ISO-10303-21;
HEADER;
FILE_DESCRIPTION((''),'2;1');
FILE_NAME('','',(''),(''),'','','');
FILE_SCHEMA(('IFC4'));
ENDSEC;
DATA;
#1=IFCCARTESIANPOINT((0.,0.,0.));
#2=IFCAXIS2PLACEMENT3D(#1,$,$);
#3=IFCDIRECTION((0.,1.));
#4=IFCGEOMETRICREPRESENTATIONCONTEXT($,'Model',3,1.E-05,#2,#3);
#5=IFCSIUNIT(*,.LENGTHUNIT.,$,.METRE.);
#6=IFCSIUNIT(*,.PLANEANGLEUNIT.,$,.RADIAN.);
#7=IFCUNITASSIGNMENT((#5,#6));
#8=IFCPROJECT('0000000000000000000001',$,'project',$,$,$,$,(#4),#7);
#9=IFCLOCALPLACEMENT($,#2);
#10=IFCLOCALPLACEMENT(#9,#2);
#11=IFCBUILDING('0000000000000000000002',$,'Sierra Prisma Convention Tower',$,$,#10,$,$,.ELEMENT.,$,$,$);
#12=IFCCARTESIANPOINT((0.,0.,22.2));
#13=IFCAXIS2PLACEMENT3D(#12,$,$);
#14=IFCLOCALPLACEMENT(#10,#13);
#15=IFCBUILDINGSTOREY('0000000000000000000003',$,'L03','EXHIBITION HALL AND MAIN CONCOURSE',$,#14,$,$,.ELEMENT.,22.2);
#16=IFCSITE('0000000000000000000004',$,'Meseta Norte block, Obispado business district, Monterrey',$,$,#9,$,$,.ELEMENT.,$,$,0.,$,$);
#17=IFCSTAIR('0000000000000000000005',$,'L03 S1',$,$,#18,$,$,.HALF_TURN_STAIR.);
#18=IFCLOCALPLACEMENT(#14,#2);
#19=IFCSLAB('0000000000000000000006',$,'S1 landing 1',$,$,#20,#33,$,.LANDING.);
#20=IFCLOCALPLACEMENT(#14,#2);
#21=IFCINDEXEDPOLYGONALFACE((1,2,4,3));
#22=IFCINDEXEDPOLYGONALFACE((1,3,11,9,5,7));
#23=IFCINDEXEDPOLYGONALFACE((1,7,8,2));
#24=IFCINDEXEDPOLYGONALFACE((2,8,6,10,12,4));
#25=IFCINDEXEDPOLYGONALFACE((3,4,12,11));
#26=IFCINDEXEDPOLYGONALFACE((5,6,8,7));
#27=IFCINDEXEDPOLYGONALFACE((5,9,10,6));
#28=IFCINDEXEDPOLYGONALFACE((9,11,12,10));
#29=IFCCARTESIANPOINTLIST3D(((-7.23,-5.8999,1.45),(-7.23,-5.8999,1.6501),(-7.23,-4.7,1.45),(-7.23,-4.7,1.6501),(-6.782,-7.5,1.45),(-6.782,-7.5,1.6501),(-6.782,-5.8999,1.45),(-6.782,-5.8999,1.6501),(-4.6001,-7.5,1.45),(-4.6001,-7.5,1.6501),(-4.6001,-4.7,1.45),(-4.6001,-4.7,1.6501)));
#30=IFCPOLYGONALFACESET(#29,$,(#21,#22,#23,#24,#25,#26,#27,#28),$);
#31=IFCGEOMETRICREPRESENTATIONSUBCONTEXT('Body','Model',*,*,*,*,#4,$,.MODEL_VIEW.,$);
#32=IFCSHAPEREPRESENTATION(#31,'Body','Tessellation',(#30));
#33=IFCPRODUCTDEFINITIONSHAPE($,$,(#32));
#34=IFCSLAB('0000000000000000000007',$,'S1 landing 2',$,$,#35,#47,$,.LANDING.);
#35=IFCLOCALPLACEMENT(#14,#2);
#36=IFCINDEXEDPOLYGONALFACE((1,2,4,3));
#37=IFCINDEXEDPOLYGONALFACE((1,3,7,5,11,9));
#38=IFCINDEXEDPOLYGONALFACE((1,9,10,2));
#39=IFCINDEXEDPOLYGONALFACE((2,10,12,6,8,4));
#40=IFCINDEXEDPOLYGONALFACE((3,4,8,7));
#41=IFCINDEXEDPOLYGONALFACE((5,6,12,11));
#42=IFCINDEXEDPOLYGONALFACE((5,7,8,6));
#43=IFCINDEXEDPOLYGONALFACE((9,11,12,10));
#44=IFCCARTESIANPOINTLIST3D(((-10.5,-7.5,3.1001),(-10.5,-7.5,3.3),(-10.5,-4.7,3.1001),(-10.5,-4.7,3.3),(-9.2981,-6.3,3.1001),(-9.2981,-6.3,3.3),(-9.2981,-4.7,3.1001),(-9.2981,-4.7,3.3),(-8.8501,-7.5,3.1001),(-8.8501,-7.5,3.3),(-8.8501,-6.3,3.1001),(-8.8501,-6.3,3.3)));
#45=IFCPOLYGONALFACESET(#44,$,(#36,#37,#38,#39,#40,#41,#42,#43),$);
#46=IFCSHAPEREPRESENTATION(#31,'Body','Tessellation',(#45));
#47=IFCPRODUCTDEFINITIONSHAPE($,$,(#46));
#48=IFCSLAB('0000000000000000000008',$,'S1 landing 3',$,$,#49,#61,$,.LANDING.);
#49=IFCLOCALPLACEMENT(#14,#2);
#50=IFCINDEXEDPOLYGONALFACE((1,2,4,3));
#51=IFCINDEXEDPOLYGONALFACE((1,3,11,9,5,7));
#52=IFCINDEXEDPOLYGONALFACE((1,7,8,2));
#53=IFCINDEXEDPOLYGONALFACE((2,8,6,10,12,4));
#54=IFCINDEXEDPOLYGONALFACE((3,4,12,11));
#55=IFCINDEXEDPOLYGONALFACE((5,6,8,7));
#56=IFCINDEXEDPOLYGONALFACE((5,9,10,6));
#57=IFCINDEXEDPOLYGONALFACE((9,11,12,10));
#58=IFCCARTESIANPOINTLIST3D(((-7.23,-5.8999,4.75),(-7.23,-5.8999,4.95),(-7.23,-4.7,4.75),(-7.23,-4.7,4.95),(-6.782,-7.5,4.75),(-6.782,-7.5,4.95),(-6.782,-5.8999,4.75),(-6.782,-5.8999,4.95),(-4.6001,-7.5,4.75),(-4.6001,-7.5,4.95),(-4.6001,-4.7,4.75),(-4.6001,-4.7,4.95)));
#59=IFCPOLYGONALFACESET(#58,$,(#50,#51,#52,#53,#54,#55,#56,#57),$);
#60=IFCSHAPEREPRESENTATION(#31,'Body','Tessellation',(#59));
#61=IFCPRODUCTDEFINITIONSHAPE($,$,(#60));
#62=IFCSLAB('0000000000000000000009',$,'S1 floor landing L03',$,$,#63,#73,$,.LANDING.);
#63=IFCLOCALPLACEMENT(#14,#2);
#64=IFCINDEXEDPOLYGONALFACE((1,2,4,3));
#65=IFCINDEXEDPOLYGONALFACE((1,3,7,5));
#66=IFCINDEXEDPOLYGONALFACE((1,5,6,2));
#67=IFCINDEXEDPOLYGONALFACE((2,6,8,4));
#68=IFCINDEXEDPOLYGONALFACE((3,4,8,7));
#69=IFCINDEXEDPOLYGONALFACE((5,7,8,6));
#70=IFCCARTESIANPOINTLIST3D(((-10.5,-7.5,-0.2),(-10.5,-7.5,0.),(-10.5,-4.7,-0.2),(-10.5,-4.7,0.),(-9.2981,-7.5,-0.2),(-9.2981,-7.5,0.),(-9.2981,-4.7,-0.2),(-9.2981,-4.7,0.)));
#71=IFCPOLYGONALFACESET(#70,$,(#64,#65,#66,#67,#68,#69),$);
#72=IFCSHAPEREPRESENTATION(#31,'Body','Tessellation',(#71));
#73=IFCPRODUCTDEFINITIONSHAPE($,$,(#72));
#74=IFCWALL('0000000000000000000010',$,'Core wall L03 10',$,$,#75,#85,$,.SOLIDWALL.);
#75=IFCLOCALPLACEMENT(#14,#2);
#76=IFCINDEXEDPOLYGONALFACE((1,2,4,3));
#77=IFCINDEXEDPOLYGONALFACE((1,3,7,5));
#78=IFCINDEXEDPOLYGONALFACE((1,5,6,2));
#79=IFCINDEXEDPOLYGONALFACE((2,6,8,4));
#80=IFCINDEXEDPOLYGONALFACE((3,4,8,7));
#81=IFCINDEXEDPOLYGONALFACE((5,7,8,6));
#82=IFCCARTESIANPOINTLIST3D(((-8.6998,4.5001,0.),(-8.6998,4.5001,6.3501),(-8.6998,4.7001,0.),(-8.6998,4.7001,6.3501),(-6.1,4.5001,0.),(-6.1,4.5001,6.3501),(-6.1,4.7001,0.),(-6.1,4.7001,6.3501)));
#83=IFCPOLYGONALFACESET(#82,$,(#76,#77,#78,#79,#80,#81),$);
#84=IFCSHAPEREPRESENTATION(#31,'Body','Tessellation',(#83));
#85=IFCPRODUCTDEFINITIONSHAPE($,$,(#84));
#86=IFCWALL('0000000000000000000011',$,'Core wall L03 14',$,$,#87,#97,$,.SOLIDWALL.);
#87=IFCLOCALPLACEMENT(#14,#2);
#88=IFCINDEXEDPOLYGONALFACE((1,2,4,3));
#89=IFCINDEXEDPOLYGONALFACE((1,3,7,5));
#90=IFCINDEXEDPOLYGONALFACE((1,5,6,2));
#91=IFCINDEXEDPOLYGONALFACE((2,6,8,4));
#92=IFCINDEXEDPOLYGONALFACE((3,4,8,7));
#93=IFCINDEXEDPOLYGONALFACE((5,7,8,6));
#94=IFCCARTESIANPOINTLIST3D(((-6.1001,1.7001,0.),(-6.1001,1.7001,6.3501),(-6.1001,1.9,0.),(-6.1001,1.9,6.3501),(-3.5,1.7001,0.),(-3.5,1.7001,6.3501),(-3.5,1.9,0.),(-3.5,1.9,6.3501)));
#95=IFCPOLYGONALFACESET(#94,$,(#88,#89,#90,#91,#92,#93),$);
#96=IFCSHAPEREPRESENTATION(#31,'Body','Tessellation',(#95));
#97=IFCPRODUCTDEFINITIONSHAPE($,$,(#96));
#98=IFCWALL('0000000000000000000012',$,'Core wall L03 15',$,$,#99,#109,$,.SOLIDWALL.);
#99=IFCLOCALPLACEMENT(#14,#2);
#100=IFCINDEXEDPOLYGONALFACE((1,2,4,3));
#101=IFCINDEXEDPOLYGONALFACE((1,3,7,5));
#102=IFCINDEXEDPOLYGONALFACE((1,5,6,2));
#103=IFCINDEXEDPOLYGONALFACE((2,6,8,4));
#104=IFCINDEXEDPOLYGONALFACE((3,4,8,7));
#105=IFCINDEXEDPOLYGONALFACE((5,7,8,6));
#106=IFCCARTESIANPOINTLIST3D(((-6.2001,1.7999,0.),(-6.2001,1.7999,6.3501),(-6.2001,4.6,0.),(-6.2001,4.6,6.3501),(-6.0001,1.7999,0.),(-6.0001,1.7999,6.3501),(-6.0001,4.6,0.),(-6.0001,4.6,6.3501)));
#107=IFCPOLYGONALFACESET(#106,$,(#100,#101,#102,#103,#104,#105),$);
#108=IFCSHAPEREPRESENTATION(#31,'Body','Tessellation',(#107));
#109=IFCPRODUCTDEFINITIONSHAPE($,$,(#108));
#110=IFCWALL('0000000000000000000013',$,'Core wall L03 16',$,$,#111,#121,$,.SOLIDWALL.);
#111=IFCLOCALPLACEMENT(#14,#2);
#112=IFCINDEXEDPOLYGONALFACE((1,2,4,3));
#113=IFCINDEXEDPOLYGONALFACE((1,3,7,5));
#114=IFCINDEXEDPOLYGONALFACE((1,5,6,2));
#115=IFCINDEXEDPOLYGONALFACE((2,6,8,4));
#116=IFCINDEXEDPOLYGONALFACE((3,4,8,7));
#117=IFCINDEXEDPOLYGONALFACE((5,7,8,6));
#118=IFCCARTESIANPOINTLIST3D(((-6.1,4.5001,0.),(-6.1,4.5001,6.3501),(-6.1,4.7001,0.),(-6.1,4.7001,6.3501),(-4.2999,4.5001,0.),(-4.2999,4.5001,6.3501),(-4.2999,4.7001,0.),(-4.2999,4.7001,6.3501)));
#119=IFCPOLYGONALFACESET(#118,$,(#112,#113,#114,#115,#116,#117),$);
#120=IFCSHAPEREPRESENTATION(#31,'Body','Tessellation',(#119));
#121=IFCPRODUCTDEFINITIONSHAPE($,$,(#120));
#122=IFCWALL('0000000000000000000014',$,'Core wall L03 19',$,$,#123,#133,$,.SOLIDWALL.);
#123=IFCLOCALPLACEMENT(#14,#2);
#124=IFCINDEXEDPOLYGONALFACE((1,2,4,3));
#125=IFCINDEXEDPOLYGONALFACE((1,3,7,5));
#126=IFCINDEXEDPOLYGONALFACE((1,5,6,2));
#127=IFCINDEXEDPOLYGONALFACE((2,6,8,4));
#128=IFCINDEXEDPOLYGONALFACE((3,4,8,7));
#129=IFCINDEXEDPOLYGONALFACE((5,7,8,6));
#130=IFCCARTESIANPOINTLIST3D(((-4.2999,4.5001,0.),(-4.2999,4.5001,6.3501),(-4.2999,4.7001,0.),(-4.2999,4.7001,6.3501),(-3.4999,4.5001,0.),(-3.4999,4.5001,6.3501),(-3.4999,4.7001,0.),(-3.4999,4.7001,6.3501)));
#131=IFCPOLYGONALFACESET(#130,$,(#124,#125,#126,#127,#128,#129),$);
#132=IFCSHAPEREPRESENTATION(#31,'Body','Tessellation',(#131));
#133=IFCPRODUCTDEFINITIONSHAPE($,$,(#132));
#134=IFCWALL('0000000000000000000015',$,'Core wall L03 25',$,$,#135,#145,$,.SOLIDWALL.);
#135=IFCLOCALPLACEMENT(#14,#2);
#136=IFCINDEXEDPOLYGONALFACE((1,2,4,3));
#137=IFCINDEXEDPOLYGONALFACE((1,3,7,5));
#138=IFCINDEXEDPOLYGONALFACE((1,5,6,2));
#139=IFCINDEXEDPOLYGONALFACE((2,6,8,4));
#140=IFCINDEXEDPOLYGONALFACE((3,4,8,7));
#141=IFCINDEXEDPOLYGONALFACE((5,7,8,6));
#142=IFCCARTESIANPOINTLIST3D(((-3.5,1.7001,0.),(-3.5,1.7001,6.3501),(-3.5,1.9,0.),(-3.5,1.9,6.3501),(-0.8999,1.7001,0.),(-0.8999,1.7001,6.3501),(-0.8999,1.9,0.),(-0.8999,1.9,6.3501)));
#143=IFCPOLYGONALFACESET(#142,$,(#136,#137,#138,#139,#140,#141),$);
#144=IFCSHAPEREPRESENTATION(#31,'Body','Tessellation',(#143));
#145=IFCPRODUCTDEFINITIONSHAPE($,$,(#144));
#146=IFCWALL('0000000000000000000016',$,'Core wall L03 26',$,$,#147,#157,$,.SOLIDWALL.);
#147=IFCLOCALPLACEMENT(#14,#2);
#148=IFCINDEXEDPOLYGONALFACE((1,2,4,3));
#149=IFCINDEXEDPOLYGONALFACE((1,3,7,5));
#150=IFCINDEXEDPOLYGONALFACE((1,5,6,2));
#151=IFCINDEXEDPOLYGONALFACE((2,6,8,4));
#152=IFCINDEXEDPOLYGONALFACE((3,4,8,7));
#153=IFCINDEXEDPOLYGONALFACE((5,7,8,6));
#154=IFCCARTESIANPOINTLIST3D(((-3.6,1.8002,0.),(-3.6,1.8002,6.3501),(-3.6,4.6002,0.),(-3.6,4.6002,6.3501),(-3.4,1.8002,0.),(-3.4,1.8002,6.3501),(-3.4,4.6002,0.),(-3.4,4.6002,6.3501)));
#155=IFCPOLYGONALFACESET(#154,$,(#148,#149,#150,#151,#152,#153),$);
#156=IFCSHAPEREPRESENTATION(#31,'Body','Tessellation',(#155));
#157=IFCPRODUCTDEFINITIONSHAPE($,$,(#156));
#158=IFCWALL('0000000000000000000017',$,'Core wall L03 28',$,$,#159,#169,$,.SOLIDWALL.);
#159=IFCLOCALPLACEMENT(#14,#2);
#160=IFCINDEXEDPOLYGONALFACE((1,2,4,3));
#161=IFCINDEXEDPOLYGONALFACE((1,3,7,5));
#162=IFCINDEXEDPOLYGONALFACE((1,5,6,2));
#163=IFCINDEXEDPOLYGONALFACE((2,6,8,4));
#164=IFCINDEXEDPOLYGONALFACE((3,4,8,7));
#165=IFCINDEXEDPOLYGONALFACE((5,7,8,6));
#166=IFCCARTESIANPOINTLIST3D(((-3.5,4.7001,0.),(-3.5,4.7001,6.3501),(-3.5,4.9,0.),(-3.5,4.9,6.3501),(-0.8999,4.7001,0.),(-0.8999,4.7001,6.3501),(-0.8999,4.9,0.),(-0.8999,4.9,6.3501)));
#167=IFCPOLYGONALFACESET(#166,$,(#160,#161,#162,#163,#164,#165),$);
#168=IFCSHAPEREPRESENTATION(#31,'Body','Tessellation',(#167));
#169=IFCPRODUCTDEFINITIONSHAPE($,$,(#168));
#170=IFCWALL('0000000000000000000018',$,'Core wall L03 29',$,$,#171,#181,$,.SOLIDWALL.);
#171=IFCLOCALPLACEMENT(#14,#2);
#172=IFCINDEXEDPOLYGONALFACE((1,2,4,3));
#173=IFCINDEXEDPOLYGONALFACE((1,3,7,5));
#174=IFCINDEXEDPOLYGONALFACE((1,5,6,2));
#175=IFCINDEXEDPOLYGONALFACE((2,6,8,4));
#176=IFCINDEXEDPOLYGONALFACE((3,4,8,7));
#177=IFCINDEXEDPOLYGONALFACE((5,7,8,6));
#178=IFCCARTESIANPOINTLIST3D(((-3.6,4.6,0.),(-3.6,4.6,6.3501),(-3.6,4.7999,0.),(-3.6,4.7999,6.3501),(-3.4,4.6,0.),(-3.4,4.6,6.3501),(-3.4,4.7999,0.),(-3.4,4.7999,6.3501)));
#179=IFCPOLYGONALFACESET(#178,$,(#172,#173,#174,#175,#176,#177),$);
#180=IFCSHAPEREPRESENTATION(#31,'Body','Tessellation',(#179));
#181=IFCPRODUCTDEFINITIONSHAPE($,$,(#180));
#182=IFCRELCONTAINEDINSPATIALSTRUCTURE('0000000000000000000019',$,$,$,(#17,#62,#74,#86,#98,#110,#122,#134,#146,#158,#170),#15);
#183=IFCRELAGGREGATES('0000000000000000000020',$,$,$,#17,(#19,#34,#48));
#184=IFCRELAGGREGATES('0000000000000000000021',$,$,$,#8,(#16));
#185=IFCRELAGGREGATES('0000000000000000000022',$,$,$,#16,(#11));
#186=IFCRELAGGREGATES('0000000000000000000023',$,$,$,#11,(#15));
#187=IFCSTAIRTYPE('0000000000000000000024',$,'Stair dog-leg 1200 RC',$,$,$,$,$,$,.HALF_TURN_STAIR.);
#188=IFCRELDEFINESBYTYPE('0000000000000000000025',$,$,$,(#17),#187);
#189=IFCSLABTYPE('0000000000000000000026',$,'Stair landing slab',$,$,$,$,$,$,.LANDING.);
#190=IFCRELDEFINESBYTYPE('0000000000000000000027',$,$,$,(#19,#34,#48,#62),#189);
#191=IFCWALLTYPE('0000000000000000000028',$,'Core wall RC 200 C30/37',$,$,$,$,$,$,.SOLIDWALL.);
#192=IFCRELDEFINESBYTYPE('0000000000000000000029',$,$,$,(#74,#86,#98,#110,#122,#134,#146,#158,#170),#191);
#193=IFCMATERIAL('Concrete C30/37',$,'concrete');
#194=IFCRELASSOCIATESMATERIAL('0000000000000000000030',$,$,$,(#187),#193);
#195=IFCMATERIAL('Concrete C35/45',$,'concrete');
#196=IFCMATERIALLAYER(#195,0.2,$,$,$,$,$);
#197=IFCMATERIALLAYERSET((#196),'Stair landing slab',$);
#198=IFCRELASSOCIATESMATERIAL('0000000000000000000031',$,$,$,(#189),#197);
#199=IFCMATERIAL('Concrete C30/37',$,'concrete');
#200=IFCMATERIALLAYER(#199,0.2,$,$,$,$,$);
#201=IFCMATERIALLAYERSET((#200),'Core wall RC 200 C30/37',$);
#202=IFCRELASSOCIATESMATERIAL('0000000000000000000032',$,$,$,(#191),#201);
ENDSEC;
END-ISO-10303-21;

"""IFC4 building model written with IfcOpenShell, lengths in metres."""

from ifc_helpers import new_model, si_unit, direction, frame, frame_2d, origin, place, context, subcontext, project, spatial, polyline, rectangle, outline, extrude, material, layer, layer_set, type_object, element, aggregate, save


model = new_model("IFC4")

# Units and contexts
model_context = context("Model", 3, precision=1e-05, world=origin(), true_north=direction((0.0, 1.0)))
body_context = subcontext(model_context, "Body", "Model", "MODEL_VIEW")
ifc_project = project(units=[si_unit("LENGTHUNIT", "METRE"), si_unit("PLANEANGLEUNIT", "RADIAN")], contexts=[model_context])

# Site, building, storey
site_placement = place(None, origin())
site = spatial("IfcSite", under=ifc_project, at=site_placement, Name="Meseta Norte block, Obispado business district, Monterrey", CompositionType="ELEMENT", RefElevation=0.0)
building_placement = place(site_placement, origin())
building = spatial("IfcBuilding", under=site, at=building_placement, Name="Sierra Prisma Convention Tower", CompositionType="ELEMENT")
storey_placement = place(building_placement, frame((0.0, 0.0, 22.2)))
storey = spatial("IfcBuildingStorey", under=building, at=storey_placement, Name="L03", Description="EXHIBITION HALL AND MAIN CONCOURSE", CompositionType="ELEMENT", Elevation=22.2)

# Stair, slabs
ifc_material_1 = material(Name="Concrete C30/37", Category="concrete")
stair_type = type_object("IfcStairType", Name="Stair dog-leg 1200 RC", PredefinedType="HALF_TURN_STAIR", material=ifc_material_1)
stair_placement = place(storey_placement, origin())
stair = element("IfcStair", 1, at=stair_placement, inside=storey, type_object=stair_type, Name="L03 S1", PredefinedType="HALF_TURN_STAIR")
ifc_material_2 = material(Name="Concrete C35/45", Category="concrete")
ifc_layer_1 = layer(ifc_material_2, 0.2)
ifc_layer_set_1 = layer_set([ifc_layer_1], Name="Stair landing slab")
slab_type_1 = type_object("IfcSlabType", Name="Stair landing slab", PredefinedType="LANDING", material=ifc_layer_set_1)
slab_1_placement = place(storey_placement, frame((0.0, 0.0, 1.45)))
slab_1 = element("IfcSlab", 2, at=slab_1_placement, type_object=slab_type_1, Name="S1 landing 1", PredefinedType="LANDING", context=body_context, shape_type="SweptSolid", body=[
    extrude(outline(polyline([(-4.6001, -4.7), (-4.6001, -7.5), (-6.782, -7.5), (-6.782, -5.8999), (-7.23, -5.8999), (-7.23, -4.7), (-4.6001, -4.7)])), origin(), (0.0, 0.0, 1.0), 0.2002),
])
slab_2_placement = place(storey_placement, frame((0.0, 0.0, 3.1001)))
slab_2 = element("IfcSlab", 3, at=slab_2_placement, type_object=slab_type_1, Name="S1 landing 2", PredefinedType="LANDING", context=body_context, shape_type="SweptSolid", body=[
    extrude(outline(polyline([(-10.5, -7.5), (-10.5, -4.7), (-9.2981, -4.7), (-9.2981, -6.3), (-8.8501, -6.3), (-8.8501, -7.5), (-10.5, -7.5)])), origin(), (0.0, 0.0, 1.0), 0.2),
])
slab_3_placement = place(storey_placement, frame((0.0, 0.0, 4.75)))
slab_3 = element("IfcSlab", 4, at=slab_3_placement, type_object=slab_type_1, Name="S1 landing 3", PredefinedType="LANDING", context=body_context, shape_type="SweptSolid", body=[
    extrude(outline(polyline([(-4.6001, -4.7), (-4.6001, -7.5), (-6.782, -7.5), (-6.782, -5.8999), (-7.23, -5.8999), (-7.23, -4.7), (-4.6001, -4.7)])), origin(), (0.0, 0.0, 1.0), 0.2),
])
aggregate(stair, [slab_1, slab_2, slab_3])

# Slab
slab_4_placement = place(storey_placement, frame((0.0, 0.0, -0.2)))
element("IfcSlab", 5, at=slab_4_placement, inside=storey, type_object=slab_type_1, Name="S1 floor landing L03", PredefinedType="LANDING", context=body_context, shape_type="SweptSolid", body=[
    extrude(outline(polyline([(-10.5, -7.5), (-9.2981, -7.5), (-9.2981, -4.7), (-10.5, -4.7), (-10.5, -7.5)])), origin(), (0.0, 0.0, 1.0), 0.2),
])

# Walls
ifc_material_3 = material(Name="Concrete C30/37", Category="concrete")
ifc_layer_2 = layer(ifc_material_3, 0.2)
ifc_layer_set_2 = layer_set([ifc_layer_2], Name="Core wall RC 200 C30/37")
wall_type = type_object("IfcWallType", Name="Core wall RC 200 C30/37", PredefinedType="SOLIDWALL", material=ifc_layer_set_2)
wall_1_placement = place(storey_placement, frame((-6.1001, 4.6001, 0.0), z_axis=(0.0, 0.0, 1.0), x_axis=(-1.0, 0.0, 0.0)))
element("IfcWall", 6, at=wall_1_placement, inside=storey, type_object=wall_type, Name="Core wall L03 10", PredefinedType="SOLIDWALL", context=body_context, shape_type="SweptSolid", body=[
    extrude(rectangle(XDim=2.5999, YDim=0.2, at=frame_2d((1.2998, 0.0))), origin(), (0.0, 0.0, 1.0), 6.3501),
])
wall_2_placement = place(storey_placement, frame((-3.5, 1.8, 0.0), z_axis=(0.0, 0.0, 1.0), x_axis=(-1.0, 0.0, 0.0)))
element("IfcWall", 7, at=wall_2_placement, inside=storey, type_object=wall_type, Name="Core wall L03 14", PredefinedType="SOLIDWALL", context=body_context, shape_type="SweptSolid", body=[
    extrude(rectangle(XDim=2.6001, YDim=0.2, at=frame_2d((1.3, 0.0))), origin(), (0.0, 0.0, 1.0), 6.3501),
])
wall_3_placement = place(storey_placement, frame((-6.1001, 1.8, 0.0), z_axis=(0.0, 0.0, 1.0), x_axis=(0.0, 1.0, 0.0)))
element("IfcWall", 8, at=wall_3_placement, inside=storey, type_object=wall_type, Name="Core wall L03 15", PredefinedType="SOLIDWALL", context=body_context, shape_type="SweptSolid", body=[
    extrude(rectangle(XDim=2.8, YDim=0.2, at=frame_2d((1.3999, 0.0))), origin(), (0.0, 0.0, 1.0), 6.3501),
])
wall_4_placement = place(storey_placement, frame((-4.3, 4.6001, 0.0), z_axis=(0.0, 0.0, 1.0), x_axis=(-1.0, 0.0, 0.0)))
element("IfcWall", 9, at=wall_4_placement, inside=storey, type_object=wall_type, Name="Core wall L03 16", PredefinedType="SOLIDWALL", context=body_context, shape_type="SweptSolid", body=[
    extrude(rectangle(XDim=1.8, YDim=0.2, at=frame_2d((0.8999, 0.0))), origin(), (0.0, 0.0, 1.0), 6.3501),
])
wall_5_placement = place(storey_placement, frame((-3.5, 4.6001, 0.0), z_axis=(0.0, 0.0, 1.0), x_axis=(-1.0, 0.0, 0.0)))
element("IfcWall", 10, at=wall_5_placement, inside=storey, type_object=wall_type, Name="Core wall L03 19", PredefinedType="SOLIDWALL", context=body_context, shape_type="SweptSolid", body=[
    extrude(rectangle(XDim=0.8, YDim=0.2, at=frame_2d((0.3999, 0.0))), origin(), (0.0, 0.0, 1.0), 6.3501),
])

# Walls
wall_6_placement = place(storey_placement, frame((-0.8999, 1.8, 0.0), z_axis=(0.0, 0.0, 1.0), x_axis=(-1.0, 0.0, 0.0)))
element("IfcWall", 11, at=wall_6_placement, inside=storey, type_object=wall_type, Name="Core wall L03 25", PredefinedType="SOLIDWALL", context=body_context, shape_type="SweptSolid", body=[
    extrude(rectangle(XDim=2.6001, YDim=0.2, at=frame_2d((1.3, 0.0))), origin(), (0.0, 0.0, 1.0), 6.3501),
])
wall_7_placement = place(storey_placement, frame((-3.5, 4.6001, 0.0), z_axis=(0.0, 0.0, 1.0), x_axis=(0.0, -1.0, 0.0)))
element("IfcWall", 12, at=wall_7_placement, inside=storey, type_object=wall_type, Name="Core wall L03 26", PredefinedType="SOLIDWALL", context=body_context, shape_type="SweptSolid", body=[
    extrude(rectangle(XDim=2.8, YDim=0.2, at=frame_2d((1.3999, 0.0))), origin(), (0.0, 0.0, 1.0), 6.3501),
])

# Walls
wall_8_placement = place(storey_placement, frame((-0.8999, 4.8, 0.0), z_axis=(0.0, 0.0, 1.0), x_axis=(-1.0, 0.0, 0.0)))
element("IfcWall", 13, at=wall_8_placement, inside=storey, type_object=wall_type, Name="Core wall L03 28", PredefinedType="SOLIDWALL", context=body_context, shape_type="SweptSolid", body=[
    extrude(rectangle(XDim=2.6001, YDim=0.2, at=frame_2d((1.3, 0.0))), origin(), (0.0, 0.0, 1.0), 6.3501),
])
wall_9_placement = place(storey_placement, frame((-3.5, 4.8, 0.0), z_axis=(0.0, 0.0, 1.0), x_axis=(0.0, -1.0, 0.0)))
element("IfcWall", 14, at=wall_9_placement, inside=storey, type_object=wall_type, Name="Core wall L03 29", PredefinedType="SOLIDWALL", context=body_context, shape_type="SweptSolid", body=[
    extrude(rectangle(XDim=0.2, YDim=0.2, at=frame_2d((0.1001, 0.0))), origin(), (0.0, 0.0, 1.0), 6.3501),
])

save(model, "model.ifc")
